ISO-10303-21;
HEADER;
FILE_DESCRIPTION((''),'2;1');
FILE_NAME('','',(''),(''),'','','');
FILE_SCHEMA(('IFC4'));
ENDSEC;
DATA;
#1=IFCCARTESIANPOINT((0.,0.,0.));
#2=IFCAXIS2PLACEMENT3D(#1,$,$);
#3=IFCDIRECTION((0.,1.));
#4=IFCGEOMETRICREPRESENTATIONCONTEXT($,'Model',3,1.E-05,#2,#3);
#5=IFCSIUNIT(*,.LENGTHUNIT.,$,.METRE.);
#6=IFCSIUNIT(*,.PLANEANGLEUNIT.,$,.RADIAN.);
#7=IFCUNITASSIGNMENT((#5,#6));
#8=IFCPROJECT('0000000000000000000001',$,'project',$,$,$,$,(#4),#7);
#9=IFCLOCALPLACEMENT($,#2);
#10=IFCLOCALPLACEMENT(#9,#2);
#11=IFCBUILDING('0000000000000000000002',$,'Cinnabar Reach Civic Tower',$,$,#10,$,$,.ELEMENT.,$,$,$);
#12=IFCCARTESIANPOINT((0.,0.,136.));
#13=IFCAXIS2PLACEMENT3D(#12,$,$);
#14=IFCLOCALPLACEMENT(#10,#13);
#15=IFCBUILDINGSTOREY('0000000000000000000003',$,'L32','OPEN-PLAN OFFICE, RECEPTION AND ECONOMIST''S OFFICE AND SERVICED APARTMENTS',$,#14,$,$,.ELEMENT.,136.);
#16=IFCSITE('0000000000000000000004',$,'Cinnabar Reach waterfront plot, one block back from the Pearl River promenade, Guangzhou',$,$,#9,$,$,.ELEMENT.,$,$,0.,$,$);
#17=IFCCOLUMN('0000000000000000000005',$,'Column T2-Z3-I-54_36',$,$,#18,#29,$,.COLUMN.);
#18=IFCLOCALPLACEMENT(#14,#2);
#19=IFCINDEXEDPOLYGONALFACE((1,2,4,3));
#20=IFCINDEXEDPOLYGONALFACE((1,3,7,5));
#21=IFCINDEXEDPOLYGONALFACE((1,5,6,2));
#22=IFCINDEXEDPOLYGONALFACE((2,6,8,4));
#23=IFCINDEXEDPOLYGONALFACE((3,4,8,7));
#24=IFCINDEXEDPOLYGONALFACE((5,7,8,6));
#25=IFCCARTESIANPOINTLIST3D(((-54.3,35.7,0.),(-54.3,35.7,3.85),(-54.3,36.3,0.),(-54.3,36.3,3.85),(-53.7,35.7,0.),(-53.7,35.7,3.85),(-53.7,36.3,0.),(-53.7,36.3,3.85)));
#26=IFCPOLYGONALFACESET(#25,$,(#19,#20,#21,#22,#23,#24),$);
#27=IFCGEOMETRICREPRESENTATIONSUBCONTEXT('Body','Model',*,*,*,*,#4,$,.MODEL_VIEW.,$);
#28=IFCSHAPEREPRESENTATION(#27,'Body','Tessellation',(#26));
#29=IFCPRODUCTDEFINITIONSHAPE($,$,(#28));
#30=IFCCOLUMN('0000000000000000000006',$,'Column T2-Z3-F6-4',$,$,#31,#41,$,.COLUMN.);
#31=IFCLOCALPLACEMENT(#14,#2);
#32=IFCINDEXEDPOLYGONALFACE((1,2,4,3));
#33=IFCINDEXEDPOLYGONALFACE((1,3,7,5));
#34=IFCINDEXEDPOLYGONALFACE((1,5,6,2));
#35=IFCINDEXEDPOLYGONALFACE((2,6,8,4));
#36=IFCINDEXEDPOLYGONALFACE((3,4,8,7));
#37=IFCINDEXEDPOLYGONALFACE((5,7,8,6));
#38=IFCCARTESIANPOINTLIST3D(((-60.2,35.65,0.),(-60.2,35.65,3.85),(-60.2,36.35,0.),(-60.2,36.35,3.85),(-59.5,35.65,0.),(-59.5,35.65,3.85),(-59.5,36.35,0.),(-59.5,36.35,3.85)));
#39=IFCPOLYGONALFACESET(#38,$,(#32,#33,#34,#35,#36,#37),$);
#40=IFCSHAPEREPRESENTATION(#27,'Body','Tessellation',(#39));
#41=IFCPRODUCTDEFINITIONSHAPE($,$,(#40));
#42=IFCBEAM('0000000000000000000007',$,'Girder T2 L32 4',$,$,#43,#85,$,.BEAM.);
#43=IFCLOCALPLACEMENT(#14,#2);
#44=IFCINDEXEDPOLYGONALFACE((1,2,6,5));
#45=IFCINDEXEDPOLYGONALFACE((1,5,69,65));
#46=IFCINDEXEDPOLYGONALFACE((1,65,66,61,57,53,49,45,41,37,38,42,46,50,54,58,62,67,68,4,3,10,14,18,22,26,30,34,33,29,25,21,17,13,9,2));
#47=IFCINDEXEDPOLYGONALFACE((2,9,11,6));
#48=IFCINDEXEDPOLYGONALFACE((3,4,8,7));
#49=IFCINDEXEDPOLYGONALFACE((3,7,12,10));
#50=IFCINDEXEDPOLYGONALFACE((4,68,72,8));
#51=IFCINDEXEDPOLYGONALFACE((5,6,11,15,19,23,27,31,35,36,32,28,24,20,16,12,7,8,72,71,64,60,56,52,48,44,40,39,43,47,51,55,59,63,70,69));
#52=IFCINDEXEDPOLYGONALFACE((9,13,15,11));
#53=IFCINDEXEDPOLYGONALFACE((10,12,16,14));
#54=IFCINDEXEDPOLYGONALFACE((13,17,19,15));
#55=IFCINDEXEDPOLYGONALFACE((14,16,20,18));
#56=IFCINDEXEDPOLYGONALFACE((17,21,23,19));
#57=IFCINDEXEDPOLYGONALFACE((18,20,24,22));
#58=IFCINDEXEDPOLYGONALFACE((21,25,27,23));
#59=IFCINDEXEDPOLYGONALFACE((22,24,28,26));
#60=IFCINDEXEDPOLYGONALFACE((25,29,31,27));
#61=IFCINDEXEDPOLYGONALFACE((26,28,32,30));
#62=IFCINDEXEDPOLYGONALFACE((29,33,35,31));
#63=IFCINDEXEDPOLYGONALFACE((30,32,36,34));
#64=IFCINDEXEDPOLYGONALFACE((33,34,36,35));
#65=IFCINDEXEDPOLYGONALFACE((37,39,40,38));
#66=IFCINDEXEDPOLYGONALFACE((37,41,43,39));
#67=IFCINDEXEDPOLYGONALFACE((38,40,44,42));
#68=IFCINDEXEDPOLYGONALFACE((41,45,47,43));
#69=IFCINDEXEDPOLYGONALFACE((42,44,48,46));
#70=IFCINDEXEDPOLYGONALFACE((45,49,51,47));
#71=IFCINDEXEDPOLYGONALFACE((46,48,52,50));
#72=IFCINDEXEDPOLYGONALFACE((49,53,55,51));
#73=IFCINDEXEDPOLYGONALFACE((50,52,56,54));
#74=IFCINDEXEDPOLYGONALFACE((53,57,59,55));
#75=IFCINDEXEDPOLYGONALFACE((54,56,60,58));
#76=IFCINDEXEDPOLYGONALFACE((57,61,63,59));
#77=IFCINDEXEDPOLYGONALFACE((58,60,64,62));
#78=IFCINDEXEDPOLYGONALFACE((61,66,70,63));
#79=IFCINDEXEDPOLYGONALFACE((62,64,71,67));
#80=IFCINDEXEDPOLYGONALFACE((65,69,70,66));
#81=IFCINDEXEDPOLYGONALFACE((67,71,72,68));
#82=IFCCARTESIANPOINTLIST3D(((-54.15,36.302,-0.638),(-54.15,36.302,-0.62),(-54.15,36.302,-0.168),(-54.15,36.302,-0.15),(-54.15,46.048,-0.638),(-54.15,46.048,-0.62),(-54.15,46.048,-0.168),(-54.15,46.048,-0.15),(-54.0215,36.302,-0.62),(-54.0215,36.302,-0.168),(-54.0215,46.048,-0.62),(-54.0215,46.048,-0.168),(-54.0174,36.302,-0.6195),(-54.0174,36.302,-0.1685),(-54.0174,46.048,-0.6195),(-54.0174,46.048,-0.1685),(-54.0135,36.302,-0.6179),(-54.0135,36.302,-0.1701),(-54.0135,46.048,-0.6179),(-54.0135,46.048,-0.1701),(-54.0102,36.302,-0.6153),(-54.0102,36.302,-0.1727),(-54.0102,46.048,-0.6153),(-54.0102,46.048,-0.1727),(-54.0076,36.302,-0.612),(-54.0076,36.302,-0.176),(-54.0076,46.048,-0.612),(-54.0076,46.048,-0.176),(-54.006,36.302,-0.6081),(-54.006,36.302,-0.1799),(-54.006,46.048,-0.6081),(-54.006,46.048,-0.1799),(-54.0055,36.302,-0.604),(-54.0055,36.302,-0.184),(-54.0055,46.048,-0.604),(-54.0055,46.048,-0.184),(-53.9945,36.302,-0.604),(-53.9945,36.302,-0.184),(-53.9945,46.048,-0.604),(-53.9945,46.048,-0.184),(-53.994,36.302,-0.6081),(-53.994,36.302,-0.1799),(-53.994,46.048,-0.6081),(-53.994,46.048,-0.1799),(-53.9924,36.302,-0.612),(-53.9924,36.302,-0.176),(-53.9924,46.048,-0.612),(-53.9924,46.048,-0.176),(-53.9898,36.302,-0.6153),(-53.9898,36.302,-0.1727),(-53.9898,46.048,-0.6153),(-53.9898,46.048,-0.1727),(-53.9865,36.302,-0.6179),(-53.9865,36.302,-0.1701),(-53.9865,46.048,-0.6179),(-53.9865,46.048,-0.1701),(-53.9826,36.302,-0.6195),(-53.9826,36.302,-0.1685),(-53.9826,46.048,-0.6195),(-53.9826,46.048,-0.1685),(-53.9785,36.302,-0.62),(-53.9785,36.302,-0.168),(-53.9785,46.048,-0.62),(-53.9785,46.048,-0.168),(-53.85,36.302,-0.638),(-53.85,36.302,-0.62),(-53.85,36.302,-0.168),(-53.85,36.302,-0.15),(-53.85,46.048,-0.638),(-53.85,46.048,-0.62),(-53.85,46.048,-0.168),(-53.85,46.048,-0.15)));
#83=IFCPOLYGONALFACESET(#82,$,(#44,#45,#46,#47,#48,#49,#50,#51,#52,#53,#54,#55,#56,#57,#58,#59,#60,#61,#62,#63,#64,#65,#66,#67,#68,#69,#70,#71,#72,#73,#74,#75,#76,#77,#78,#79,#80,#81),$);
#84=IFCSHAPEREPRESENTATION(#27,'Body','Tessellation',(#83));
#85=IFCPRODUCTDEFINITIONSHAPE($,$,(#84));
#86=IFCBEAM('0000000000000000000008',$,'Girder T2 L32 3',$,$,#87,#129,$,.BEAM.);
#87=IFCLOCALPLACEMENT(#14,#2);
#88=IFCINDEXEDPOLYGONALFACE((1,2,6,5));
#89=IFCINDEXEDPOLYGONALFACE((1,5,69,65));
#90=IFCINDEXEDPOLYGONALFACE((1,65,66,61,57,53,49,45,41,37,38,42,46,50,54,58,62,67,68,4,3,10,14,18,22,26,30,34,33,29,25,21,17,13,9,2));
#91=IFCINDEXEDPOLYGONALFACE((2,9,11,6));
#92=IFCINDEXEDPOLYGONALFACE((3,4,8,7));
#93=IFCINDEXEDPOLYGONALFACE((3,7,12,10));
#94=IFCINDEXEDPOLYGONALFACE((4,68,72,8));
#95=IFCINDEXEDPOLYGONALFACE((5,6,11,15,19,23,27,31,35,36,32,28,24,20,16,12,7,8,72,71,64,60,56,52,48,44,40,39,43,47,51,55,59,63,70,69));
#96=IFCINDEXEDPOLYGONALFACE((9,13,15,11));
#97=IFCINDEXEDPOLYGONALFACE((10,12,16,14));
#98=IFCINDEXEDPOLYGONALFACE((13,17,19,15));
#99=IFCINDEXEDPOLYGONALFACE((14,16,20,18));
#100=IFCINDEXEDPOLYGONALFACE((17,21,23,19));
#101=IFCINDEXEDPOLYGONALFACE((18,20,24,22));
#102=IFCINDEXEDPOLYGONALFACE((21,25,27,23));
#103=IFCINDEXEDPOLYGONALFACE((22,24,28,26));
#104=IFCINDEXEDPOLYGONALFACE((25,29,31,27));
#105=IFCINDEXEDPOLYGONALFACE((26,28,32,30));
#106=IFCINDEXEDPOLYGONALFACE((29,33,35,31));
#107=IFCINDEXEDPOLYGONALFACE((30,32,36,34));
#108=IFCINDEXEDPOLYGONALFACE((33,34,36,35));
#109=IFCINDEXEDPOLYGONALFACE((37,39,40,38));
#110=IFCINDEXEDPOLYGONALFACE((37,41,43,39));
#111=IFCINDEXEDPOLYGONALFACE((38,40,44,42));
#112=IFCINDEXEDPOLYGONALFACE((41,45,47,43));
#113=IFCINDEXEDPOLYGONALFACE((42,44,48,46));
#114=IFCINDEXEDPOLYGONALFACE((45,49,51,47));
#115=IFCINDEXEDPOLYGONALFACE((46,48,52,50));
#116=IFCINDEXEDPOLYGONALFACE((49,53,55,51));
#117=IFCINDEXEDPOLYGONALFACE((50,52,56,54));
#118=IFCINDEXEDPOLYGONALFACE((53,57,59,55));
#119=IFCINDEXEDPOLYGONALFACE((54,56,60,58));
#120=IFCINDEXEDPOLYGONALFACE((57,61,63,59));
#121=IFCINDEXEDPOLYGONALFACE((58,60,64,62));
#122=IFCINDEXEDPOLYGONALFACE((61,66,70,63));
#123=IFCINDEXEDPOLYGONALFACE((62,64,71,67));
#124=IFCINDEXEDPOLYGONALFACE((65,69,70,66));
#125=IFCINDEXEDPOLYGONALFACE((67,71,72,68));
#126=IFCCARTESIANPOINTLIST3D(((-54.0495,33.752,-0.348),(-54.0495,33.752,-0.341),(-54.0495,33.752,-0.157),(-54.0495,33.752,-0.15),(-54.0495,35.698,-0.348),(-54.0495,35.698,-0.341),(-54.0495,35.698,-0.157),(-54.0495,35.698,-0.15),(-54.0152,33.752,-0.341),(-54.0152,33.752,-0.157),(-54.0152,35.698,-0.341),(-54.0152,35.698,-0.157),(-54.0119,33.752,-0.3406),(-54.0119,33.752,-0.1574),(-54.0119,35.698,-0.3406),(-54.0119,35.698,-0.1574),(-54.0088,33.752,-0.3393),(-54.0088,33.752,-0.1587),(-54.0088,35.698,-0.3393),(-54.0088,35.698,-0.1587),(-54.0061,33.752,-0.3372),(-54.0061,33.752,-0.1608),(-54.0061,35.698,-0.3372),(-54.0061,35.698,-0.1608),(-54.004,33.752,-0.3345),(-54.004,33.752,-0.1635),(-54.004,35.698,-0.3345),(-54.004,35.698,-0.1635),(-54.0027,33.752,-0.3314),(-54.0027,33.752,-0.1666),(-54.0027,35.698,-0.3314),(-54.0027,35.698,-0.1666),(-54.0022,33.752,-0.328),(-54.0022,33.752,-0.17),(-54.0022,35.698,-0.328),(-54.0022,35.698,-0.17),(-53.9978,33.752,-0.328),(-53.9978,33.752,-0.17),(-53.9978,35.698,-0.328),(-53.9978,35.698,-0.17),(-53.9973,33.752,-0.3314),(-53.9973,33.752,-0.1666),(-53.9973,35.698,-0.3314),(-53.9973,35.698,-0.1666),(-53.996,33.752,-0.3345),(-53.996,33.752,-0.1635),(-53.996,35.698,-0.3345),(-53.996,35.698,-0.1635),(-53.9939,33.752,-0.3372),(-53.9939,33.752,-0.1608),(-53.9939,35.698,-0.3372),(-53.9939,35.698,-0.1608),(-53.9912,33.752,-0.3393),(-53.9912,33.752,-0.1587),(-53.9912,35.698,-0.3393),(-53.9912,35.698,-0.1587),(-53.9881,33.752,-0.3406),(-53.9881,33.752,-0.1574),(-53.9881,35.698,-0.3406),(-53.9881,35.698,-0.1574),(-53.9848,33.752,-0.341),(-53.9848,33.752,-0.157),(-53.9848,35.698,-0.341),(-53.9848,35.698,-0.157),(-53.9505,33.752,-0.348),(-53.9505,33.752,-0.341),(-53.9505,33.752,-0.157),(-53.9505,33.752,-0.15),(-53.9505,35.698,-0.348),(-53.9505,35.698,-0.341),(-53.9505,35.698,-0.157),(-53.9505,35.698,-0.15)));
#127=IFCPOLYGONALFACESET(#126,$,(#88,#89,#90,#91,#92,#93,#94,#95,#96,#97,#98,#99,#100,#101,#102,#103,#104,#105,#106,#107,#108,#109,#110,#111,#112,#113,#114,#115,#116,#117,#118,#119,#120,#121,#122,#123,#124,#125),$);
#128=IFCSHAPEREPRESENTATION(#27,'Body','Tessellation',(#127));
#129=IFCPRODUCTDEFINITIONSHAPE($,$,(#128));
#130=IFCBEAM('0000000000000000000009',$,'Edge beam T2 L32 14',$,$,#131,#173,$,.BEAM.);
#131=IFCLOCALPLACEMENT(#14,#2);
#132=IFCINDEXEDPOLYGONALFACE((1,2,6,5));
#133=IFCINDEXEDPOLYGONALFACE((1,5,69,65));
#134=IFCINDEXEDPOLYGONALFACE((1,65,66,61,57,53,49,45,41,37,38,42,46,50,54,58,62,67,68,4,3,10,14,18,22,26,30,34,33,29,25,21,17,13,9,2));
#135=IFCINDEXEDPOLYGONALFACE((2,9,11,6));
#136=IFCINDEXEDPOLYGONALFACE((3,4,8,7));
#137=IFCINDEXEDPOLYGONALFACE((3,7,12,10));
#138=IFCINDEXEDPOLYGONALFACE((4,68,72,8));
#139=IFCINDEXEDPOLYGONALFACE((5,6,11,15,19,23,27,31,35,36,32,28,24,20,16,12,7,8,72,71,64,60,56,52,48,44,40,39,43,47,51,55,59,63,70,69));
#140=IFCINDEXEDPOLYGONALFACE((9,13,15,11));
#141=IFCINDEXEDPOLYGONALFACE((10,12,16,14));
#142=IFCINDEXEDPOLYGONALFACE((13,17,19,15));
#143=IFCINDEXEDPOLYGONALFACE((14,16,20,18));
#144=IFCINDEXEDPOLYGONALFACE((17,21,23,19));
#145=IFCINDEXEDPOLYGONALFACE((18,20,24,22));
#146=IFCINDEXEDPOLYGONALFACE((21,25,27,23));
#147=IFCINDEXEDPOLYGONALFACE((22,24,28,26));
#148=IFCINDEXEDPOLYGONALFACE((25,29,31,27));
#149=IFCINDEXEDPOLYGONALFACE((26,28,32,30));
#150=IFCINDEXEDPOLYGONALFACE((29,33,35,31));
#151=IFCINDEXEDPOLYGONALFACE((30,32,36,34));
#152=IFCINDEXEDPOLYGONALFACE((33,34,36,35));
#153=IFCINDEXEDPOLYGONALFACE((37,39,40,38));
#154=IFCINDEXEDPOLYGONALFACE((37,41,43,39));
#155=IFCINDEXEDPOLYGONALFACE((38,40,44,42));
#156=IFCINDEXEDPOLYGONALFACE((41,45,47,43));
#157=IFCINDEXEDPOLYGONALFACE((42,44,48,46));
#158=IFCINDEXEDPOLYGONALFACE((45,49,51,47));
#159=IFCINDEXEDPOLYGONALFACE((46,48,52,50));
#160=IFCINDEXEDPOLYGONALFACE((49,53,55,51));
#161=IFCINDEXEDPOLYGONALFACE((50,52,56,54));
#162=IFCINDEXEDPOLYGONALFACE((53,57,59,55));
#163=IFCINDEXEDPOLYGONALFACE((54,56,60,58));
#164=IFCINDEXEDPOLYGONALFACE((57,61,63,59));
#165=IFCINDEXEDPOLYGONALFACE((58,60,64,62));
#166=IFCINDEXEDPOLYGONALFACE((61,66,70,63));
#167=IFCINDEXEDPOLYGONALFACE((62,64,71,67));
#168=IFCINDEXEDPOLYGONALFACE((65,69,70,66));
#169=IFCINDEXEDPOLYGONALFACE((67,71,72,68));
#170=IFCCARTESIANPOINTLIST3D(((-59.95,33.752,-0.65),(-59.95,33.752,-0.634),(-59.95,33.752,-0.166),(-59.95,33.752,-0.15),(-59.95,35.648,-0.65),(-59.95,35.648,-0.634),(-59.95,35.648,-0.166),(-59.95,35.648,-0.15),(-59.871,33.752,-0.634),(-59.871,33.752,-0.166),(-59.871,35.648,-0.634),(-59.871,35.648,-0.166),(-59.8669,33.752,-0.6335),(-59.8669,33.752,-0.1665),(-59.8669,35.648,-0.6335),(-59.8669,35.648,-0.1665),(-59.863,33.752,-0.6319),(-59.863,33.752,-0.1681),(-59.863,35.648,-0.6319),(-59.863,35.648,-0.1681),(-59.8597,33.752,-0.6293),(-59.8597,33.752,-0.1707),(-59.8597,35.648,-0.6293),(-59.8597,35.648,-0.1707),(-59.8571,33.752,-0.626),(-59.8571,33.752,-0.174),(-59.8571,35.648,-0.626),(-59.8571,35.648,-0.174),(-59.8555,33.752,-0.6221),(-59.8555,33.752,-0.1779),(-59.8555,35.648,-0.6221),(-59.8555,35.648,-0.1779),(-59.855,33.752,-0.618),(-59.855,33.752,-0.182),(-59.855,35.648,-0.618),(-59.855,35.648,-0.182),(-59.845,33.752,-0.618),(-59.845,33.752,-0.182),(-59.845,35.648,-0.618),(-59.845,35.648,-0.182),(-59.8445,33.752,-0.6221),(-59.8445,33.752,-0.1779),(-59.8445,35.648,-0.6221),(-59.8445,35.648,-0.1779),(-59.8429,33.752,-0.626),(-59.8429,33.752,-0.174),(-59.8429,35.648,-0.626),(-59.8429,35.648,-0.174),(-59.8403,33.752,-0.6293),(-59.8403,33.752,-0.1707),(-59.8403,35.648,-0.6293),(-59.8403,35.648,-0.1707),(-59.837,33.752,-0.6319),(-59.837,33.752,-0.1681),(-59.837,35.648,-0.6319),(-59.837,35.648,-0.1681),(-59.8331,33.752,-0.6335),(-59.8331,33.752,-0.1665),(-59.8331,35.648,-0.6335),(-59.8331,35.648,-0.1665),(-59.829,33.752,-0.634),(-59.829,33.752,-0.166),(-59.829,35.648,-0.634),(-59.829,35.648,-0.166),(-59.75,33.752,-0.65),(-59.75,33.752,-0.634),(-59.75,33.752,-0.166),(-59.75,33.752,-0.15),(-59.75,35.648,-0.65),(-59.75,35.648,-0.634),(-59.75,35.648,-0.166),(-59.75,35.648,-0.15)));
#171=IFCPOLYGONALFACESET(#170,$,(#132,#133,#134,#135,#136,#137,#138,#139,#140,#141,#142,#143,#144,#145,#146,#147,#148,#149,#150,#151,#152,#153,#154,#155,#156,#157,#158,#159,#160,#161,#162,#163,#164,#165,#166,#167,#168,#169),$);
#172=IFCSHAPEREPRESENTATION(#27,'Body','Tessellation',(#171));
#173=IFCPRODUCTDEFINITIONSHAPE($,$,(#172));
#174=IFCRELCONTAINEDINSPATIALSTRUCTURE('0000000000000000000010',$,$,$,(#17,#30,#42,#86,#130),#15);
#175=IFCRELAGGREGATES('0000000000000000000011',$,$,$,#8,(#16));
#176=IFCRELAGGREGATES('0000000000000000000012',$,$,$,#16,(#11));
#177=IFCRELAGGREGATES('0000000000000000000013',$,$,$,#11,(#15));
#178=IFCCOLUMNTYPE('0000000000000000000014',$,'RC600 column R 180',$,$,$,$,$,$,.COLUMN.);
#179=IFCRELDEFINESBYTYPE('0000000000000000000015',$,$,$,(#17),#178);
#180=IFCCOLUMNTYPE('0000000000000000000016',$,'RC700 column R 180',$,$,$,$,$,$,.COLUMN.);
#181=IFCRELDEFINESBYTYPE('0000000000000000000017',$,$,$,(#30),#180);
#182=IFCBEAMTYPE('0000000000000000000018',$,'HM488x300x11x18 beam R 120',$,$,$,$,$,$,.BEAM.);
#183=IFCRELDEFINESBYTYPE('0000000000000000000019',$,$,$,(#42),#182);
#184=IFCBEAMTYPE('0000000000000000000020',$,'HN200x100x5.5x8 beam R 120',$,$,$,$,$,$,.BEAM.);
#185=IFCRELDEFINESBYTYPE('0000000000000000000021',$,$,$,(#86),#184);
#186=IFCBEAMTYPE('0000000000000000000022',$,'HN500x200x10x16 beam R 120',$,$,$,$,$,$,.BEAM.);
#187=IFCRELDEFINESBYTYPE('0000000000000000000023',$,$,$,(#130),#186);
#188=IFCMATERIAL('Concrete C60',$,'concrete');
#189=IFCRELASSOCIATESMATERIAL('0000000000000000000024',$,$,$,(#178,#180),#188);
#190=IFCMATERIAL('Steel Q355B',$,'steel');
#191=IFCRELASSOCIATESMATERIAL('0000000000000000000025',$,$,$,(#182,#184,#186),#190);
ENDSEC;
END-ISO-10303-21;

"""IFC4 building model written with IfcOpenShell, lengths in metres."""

from ifc_helpers import new_model, si_unit, direction, frame, origin, origin_2d, place, context, subcontext, project, spatial, rectangle, i_section, extrude, material, material_profile, profile_set, type_object, element, save


model = new_model("IFC4")

# Units and contexts
model_context = context("Model", 3, precision=1e-05, world=origin(), true_north=direction((0.0, 1.0)))
body_context = subcontext(model_context, "Body", "Model", "MODEL_VIEW")
ifc_project = project(units=[si_unit("LENGTHUNIT", "METRE"), si_unit("PLANEANGLEUNIT", "RADIAN")], contexts=[model_context])

# Site, building, storey
site_placement = place(None, origin())
site = spatial("IfcSite", under=ifc_project, at=site_placement, Name="Cinnabar Reach waterfront plot, one block back from the Pearl River promenade, Guangzhou", CompositionType="ELEMENT", RefElevation=0.0)
building_placement = place(site_placement, origin())
building = spatial("IfcBuilding", under=site, at=building_placement, Name="Cinnabar Reach Civic Tower", CompositionType="ELEMENT")
storey_placement = place(building_placement, frame((0.0, 0.0, 136.0)))
storey = spatial("IfcBuildingStorey", under=building, at=storey_placement, Name="L32", Description="OPEN-PLAN OFFICE, RECEPTION AND ECONOMIST'S OFFICE AND SERVICED APARTMENTS", CompositionType="ELEMENT", Elevation=136.0)

# Columns
ifc_material_1 = material(Name="Concrete C60", Category="concrete")
ifc_material_profile_1 = material_profile(ifc_material_1, rectangle(XDim=0.6, YDim=0.6, at=origin_2d()), Name="RC600")
ifc_profile_set_1 = profile_set([ifc_material_profile_1], Name="Concrete C60")
column_type_1 = type_object("IfcColumnType", Name="RC600 column R 180", PredefinedType="COLUMN", material=ifc_profile_set_1)
column_1_placement = place(storey_placement, frame((-54.0, 36.0, 0.0), z_axis=(0.0, 0.0, 1.0), x_axis=(1.0, 0.0, 0.0)))
element("IfcColumn", 1, at=column_1_placement, inside=storey, type_object=column_type_1, Name="Column T2-Z3-I-54_36", PredefinedType="COLUMN", context=body_context, shape_type="SweptSolid", body=[
    extrude(rectangle(XDim=0.6, YDim=0.6, at=origin_2d()), origin(), (0.0, 0.0, 1.0), 3.85),
])
ifc_material_profile_2 = material_profile(ifc_material_1, rectangle(XDim=0.7, YDim=0.7, at=origin_2d()), Name="RC700")
ifc_profile_set_2 = profile_set([ifc_material_profile_2], Name="Concrete C60")
column_type_2 = type_object("IfcColumnType", Name="RC700 column R 180", PredefinedType="COLUMN", material=ifc_profile_set_2)
column_2_placement = place(storey_placement, frame((-59.85, 36.0, 0.0), z_axis=(0.0, 0.0, 1.0), x_axis=(1.0, 0.0, 0.0)))
element("IfcColumn", 2, at=column_2_placement, inside=storey, type_object=column_type_2, Name="Column T2-Z3-F6-4", PredefinedType="COLUMN", context=body_context, shape_type="SweptSolid", body=[
    extrude(rectangle(XDim=0.7, YDim=0.7, at=origin_2d()), origin(), (0.0, 0.0, 1.0), 3.85),
])

# Beams
ifc_material_2 = material(Name="Steel Q355B", Category="steel")
ifc_material_profile_3 = material_profile(ifc_material_2, i_section(OverallWidth=0.3, OverallDepth=0.488, WebThickness=0.011, FlangeThickness=0.018, FilletRadius=0.016, at=origin_2d()), Name="HM488x300x11x18")
ifc_profile_set_3 = profile_set([ifc_material_profile_3], Name="Steel Q355B")
beam_type_1 = type_object("IfcBeamType", Name="HM488x300x11x18 beam R 120", PredefinedType="BEAM", material=ifc_profile_set_3)
beam_1_placement = place(storey_placement, frame((-54.0, 36.302, -0.394), z_axis=(0.0, 1.0, 0.0), x_axis=(-1.0, 0.0, 0.0)))
element("IfcBeam", 3, at=beam_1_placement, inside=storey, type_object=beam_type_1, Name="Girder T2 L32 4", PredefinedType="BEAM", context=body_context, shape_type="SweptSolid", body=[
    extrude(i_section(OverallWidth=0.3, OverallDepth=0.488, WebThickness=0.011, FlangeThickness=0.018, FilletRadius=0.016, at=origin_2d()), origin(), (0.0, 0.0, 1.0), 9.746),
])
ifc_material_profile_4 = material_profile(ifc_material_2, i_section(OverallWidth=0.099, OverallDepth=0.198, WebThickness=0.0045, FlangeThickness=0.007, FilletRadius=0.013, at=origin_2d()), Name="HN200x100x5.5x8")
ifc_profile_set_4 = profile_set([ifc_material_profile_4], Name="Steel Q355B")
beam_type_2 = type_object("IfcBeamType", Name="HN200x100x5.5x8 beam R 120", PredefinedType="BEAM", material=ifc_profile_set_4)
beam_2_placement = place(storey_placement, frame((-54.0, 33.752, -0.249), z_axis=(0.0, 1.0, 0.0), x_axis=(-1.0, 0.0, 0.0)))
element("IfcBeam", 4, at=beam_2_placement, inside=storey, type_object=beam_type_2, Name="Girder T2 L32 3", PredefinedType="BEAM", context=body_context, shape_type="SweptSolid", body=[
    extrude(i_section(OverallWidth=0.099, OverallDepth=0.198, WebThickness=0.0045, FlangeThickness=0.007, FilletRadius=0.013, at=origin_2d()), origin(), (0.0, 0.0, 1.0), 1.946),
])
ifc_material_profile_5 = material_profile(ifc_material_2, i_section(OverallWidth=0.2, OverallDepth=0.5, WebThickness=0.01, FlangeThickness=0.016, FilletRadius=0.016, at=origin_2d()), Name="HN500x200x10x16")
ifc_profile_set_5 = profile_set([ifc_material_profile_5], Name="Steel Q355B")
beam_type_3 = type_object("IfcBeamType", Name="HN500x200x10x16 beam R 120", PredefinedType="BEAM", material=ifc_profile_set_5)
beam_3_placement = place(storey_placement, frame((-59.85, 35.648, -0.4), z_axis=(0.0, -1.0, 0.0), x_axis=(1.0, 0.0, 0.0)))
element("IfcBeam", 5, at=beam_3_placement, inside=storey, type_object=beam_type_3, Name="Edge beam T2 L32 14", PredefinedType="BEAM", context=body_context, shape_type="SweptSolid", body=[
    extrude(i_section(OverallWidth=0.2, OverallDepth=0.5, WebThickness=0.01, FlangeThickness=0.016, FilletRadius=0.016, at=origin_2d()), origin(), (0.0, 0.0, 1.0), 1.896),
])

save(model, "model.ifc")
